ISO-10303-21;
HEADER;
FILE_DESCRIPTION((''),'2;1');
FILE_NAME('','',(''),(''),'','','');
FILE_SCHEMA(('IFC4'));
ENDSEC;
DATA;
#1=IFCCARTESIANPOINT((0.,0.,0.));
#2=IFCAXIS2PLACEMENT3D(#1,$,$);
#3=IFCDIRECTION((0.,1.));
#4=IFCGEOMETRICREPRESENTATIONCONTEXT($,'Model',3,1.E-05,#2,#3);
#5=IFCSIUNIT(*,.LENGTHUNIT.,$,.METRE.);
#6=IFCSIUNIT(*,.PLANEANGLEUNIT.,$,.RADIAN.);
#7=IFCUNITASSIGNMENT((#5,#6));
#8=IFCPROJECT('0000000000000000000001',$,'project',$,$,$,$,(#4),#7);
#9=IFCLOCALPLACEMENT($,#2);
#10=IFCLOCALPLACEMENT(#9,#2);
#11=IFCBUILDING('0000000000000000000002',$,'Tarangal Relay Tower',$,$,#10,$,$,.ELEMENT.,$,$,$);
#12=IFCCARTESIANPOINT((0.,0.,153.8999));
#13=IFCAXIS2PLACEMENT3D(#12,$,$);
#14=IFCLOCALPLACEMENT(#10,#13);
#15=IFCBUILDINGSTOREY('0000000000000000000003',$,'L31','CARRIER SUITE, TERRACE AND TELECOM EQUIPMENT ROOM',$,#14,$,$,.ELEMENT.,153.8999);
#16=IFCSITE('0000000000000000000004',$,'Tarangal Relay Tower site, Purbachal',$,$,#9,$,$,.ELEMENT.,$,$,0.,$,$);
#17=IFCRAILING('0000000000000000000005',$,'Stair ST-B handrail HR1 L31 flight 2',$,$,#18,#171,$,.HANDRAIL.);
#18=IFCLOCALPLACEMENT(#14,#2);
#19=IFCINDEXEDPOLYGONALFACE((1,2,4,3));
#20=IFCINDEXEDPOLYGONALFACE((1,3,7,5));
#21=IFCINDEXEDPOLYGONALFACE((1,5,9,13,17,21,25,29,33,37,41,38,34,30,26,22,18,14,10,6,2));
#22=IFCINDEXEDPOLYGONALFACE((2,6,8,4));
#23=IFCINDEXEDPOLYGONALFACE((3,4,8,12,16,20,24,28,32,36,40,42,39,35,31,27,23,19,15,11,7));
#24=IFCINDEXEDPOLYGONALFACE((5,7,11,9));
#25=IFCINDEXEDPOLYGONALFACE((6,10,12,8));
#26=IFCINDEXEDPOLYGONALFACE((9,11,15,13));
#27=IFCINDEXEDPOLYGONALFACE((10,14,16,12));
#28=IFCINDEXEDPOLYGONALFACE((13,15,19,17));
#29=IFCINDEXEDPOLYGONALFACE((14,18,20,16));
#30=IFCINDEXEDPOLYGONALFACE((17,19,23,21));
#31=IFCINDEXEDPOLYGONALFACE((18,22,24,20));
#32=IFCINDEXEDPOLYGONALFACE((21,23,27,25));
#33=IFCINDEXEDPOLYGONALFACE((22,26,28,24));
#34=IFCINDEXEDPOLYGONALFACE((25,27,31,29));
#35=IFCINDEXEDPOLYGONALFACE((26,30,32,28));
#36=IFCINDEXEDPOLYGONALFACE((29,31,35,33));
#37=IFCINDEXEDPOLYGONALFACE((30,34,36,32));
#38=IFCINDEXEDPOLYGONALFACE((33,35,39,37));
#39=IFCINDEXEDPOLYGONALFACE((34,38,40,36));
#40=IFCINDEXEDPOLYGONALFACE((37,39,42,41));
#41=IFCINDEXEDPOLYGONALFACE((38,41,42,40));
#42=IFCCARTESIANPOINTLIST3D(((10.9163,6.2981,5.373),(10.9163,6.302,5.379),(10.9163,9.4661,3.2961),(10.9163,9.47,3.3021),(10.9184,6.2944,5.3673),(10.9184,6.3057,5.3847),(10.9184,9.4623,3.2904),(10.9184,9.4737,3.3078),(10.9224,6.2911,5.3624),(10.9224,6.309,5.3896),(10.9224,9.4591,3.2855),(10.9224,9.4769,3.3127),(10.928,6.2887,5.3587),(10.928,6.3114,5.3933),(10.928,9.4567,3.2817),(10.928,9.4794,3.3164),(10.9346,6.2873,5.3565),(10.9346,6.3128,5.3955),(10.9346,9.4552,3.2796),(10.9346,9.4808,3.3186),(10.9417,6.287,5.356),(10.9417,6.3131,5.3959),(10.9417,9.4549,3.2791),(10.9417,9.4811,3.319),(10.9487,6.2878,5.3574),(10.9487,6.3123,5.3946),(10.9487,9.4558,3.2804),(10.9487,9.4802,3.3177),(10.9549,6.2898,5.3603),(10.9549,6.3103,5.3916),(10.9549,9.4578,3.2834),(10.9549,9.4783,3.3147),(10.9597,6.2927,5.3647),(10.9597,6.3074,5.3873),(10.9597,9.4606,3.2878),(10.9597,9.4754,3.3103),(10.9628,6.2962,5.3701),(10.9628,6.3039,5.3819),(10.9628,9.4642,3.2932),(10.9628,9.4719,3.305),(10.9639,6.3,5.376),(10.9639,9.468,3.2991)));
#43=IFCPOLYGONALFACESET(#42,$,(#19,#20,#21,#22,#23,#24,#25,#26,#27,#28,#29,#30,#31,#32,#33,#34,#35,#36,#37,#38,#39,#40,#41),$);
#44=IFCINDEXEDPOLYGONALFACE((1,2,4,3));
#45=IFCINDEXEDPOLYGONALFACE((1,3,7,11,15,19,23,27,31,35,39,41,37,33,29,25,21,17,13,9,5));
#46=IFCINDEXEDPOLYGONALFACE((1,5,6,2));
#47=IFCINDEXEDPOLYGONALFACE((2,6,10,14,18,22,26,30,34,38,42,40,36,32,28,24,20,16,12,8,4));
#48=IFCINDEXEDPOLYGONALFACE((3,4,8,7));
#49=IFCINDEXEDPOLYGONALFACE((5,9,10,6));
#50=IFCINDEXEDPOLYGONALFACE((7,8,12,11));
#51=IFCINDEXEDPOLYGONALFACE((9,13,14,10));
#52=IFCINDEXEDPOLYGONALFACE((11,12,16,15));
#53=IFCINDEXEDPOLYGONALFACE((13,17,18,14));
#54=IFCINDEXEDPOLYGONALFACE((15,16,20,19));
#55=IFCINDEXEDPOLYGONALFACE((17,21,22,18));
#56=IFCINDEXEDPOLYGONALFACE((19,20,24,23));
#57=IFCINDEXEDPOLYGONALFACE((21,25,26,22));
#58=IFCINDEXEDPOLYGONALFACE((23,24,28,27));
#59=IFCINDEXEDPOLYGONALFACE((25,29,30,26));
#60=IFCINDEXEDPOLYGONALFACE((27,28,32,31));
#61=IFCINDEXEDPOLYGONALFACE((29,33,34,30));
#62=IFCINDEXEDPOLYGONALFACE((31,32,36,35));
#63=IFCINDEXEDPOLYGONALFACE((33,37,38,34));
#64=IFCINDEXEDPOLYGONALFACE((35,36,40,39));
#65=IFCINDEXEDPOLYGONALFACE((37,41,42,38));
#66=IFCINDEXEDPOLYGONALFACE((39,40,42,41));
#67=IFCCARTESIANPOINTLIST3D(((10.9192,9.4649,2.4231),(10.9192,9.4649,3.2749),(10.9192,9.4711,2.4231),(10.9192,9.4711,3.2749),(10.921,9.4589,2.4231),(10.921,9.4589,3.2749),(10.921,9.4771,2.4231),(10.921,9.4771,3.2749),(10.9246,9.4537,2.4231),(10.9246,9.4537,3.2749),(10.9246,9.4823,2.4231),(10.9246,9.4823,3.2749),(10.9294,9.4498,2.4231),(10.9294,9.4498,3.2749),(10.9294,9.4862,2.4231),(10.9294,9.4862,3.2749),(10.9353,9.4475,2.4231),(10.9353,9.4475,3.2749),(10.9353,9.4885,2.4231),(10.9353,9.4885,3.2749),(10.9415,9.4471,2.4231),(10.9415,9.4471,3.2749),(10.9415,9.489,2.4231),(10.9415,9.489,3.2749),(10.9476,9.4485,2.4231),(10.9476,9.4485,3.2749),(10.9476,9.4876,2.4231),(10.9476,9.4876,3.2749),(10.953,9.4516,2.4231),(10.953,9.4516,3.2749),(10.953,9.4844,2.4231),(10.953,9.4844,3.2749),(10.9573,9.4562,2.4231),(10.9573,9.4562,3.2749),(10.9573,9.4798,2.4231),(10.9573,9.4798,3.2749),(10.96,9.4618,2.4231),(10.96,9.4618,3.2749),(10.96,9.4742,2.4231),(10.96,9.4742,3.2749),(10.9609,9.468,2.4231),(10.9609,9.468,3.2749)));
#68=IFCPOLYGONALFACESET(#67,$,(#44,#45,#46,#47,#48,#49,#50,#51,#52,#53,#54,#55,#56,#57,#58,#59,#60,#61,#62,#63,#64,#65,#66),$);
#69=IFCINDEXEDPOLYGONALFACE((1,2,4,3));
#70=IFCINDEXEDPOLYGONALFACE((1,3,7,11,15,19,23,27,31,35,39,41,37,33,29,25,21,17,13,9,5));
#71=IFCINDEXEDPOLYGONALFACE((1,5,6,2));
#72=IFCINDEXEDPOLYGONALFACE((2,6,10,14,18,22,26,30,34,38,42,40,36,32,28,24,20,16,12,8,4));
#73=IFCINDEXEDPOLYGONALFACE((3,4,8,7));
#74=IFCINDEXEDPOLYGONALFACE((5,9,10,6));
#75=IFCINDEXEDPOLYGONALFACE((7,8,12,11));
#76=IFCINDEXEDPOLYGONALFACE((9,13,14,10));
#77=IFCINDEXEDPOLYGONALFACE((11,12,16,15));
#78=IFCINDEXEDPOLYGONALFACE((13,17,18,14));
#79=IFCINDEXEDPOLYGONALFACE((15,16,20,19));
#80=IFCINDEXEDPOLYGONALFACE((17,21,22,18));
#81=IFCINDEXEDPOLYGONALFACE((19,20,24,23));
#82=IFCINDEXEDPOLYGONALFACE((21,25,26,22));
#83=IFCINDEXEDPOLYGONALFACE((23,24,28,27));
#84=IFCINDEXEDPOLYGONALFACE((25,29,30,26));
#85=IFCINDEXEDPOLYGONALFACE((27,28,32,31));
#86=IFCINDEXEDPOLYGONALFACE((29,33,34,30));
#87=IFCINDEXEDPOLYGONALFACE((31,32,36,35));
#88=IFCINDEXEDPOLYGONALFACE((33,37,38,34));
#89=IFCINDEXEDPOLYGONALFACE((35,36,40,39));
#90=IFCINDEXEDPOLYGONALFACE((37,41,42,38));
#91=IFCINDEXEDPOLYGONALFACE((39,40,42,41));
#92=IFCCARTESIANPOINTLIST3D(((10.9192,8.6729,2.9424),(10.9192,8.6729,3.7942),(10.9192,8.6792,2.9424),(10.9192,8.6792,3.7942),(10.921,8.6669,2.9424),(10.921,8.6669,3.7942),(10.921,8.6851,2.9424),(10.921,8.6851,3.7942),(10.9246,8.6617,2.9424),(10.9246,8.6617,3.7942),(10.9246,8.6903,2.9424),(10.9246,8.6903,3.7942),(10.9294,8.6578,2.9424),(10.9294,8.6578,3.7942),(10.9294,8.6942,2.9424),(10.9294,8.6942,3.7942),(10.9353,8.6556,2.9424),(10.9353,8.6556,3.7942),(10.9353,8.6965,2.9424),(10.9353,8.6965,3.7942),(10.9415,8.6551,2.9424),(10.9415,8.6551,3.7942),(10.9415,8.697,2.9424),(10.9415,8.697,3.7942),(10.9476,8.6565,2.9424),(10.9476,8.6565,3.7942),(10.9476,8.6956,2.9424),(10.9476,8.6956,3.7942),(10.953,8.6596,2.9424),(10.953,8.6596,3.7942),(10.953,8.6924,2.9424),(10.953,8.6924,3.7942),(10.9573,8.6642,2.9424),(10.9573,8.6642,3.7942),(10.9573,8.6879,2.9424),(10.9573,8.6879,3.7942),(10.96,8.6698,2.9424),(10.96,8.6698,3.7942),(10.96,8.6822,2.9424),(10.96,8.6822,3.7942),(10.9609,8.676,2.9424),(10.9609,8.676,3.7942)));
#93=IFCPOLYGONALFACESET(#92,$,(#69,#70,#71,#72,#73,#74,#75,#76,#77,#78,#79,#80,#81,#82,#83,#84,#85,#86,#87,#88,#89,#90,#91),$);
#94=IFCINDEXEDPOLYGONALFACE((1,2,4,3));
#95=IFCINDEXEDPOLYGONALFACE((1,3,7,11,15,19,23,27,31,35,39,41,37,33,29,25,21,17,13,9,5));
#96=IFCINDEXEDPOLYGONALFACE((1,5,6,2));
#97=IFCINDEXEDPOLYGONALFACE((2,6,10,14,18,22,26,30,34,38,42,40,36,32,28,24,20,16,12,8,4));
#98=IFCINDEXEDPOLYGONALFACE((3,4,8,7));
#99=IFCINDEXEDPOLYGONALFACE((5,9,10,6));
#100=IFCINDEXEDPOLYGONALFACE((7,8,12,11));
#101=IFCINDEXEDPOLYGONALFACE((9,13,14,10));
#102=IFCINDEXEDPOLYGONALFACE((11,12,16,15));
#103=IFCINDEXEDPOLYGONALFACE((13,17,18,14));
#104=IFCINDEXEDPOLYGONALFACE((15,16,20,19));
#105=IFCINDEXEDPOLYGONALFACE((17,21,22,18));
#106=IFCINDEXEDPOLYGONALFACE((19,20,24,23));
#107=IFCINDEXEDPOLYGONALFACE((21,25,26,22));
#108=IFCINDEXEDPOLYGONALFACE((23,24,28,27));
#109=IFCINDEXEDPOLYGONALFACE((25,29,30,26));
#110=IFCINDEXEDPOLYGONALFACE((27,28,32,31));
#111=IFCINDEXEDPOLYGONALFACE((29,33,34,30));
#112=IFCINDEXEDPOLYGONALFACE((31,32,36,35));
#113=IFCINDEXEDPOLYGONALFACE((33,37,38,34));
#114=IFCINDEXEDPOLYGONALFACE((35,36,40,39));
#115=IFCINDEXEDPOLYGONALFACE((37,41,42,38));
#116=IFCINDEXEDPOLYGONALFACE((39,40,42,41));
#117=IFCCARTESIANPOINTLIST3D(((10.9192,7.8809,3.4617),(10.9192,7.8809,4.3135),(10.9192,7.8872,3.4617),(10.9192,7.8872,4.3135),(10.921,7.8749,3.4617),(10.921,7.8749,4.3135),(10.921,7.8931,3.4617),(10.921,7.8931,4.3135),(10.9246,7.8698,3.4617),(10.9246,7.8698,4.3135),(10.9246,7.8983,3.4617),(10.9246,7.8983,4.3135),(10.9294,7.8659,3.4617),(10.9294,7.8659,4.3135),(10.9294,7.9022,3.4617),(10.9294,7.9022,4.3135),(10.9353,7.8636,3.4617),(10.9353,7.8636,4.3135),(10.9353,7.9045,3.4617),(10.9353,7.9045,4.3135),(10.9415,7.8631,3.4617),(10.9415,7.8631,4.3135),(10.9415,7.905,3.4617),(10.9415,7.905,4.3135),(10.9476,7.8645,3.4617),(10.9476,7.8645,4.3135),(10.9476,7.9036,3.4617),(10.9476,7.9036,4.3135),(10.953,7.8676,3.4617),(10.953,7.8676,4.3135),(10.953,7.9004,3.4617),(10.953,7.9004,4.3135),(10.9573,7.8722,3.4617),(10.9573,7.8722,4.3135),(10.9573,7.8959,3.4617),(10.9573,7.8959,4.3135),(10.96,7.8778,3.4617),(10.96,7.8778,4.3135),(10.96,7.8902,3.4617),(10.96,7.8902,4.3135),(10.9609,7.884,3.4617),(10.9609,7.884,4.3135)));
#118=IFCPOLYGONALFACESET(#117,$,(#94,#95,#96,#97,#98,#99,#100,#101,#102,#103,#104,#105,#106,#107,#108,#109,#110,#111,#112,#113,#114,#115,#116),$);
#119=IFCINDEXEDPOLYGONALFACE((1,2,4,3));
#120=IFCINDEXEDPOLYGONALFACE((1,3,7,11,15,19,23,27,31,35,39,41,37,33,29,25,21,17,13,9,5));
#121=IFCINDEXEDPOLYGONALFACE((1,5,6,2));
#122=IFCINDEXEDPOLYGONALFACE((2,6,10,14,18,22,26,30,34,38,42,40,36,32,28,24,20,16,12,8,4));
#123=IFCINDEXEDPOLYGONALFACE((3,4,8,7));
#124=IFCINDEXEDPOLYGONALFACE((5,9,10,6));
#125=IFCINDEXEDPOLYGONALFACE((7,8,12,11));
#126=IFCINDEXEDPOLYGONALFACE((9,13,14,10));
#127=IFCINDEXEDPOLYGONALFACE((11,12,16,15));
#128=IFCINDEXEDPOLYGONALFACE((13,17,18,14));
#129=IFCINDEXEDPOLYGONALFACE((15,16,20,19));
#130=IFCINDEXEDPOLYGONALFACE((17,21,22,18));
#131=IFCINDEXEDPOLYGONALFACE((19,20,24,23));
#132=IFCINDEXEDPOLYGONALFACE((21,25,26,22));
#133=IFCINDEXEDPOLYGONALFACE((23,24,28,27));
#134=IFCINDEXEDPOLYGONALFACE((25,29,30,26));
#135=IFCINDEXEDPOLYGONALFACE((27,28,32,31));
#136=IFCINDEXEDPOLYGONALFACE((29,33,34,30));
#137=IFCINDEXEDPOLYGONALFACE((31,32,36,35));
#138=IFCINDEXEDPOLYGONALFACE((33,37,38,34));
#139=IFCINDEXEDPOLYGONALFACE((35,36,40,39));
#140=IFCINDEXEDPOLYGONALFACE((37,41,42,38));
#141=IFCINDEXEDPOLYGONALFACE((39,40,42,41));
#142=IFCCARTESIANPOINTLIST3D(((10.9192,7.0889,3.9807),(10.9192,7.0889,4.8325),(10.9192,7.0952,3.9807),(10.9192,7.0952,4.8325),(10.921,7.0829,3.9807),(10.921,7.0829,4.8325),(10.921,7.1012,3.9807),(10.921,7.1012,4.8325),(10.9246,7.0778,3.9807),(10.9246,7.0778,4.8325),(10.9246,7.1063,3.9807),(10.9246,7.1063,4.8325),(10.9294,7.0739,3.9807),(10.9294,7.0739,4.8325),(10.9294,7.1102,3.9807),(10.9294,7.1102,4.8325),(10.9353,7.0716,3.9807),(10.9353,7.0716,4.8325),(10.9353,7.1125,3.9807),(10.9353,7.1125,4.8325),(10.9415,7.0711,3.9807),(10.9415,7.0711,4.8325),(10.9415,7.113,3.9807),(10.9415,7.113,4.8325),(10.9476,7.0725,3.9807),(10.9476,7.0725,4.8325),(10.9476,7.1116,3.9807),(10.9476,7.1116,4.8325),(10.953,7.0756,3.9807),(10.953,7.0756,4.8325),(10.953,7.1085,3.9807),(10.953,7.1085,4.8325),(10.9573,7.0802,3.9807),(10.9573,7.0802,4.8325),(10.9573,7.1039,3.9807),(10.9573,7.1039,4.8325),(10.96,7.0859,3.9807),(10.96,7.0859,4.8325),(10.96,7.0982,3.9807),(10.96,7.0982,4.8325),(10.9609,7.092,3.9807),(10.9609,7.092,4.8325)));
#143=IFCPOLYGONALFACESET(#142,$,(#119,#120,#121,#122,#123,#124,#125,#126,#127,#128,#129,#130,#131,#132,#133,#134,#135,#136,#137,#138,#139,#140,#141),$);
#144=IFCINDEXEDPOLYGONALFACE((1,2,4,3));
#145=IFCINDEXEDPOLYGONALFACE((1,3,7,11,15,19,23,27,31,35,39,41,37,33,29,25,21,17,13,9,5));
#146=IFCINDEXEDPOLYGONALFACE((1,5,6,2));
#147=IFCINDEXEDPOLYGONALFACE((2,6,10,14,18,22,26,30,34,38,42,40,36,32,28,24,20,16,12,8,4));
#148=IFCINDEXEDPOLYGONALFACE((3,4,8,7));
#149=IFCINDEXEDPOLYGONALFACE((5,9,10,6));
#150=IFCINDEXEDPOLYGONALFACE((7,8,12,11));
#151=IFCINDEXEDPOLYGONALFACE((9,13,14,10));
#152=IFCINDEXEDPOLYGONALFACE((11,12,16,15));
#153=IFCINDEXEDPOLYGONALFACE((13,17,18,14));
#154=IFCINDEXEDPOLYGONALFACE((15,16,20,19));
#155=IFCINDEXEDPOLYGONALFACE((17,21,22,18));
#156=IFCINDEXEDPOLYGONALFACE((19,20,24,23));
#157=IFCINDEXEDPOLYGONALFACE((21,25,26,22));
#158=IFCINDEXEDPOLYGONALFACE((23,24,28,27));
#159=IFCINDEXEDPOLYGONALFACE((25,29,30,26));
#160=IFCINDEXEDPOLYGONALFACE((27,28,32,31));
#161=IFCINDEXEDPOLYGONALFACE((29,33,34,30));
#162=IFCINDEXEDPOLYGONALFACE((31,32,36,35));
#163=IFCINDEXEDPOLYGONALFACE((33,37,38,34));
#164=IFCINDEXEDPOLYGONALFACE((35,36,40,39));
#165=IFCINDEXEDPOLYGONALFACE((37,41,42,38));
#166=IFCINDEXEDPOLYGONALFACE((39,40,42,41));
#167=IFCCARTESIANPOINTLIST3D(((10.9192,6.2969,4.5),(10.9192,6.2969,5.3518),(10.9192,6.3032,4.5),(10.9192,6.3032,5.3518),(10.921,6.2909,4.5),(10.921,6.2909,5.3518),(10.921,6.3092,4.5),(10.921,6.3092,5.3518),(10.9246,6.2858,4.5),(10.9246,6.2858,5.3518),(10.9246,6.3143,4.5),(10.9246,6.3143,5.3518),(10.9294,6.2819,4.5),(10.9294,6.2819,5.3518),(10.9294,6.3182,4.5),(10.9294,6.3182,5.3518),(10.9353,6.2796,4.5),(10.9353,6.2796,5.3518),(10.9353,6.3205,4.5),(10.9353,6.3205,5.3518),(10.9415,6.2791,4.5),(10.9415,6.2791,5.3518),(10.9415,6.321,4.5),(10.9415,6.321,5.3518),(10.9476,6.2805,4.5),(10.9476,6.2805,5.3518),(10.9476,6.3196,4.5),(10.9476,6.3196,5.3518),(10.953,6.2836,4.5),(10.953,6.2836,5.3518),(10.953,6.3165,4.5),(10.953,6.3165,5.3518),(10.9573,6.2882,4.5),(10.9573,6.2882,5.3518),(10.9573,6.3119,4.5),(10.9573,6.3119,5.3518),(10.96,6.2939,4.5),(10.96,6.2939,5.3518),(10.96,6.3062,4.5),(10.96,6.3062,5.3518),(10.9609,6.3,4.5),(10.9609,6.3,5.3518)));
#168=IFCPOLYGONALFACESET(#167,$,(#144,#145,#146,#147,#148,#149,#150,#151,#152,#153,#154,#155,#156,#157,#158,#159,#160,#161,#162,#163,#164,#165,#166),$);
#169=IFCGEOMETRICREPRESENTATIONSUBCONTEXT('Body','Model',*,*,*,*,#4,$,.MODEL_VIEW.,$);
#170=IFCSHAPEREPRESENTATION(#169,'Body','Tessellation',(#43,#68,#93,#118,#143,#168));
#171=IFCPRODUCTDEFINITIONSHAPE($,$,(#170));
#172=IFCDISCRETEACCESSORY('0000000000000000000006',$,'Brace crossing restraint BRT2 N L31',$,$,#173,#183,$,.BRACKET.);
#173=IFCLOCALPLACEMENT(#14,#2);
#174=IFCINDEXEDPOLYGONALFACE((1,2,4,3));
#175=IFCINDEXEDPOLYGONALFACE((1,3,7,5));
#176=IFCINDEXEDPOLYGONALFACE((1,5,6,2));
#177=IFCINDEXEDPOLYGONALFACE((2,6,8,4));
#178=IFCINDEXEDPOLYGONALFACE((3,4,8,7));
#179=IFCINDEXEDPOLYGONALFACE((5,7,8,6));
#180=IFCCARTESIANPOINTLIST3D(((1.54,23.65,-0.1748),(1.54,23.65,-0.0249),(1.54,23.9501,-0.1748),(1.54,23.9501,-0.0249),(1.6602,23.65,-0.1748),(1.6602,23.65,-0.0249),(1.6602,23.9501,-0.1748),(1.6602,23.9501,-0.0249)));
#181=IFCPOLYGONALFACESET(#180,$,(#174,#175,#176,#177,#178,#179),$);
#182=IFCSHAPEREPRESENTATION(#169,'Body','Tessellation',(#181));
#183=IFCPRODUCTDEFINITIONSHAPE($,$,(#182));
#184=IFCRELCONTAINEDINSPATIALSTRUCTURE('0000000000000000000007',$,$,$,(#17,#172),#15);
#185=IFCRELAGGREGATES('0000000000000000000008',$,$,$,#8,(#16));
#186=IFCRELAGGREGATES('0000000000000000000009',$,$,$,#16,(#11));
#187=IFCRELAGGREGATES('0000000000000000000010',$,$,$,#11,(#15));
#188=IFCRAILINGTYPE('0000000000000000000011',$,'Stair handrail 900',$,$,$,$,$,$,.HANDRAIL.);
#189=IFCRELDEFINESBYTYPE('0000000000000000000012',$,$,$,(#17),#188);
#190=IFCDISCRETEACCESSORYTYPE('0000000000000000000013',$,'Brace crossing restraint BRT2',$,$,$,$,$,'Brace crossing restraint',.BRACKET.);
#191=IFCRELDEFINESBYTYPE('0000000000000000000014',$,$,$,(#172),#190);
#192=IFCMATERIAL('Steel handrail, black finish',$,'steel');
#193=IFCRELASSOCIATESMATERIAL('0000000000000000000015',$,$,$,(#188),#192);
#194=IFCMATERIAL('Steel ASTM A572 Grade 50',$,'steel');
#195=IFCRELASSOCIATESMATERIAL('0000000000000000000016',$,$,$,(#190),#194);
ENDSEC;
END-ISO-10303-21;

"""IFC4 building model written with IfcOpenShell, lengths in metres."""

from ifc_helpers import new_model, si_unit, direction, frame, origin, origin_2d, place, context, subcontext, project, spatial, rectangle, circle, extrude, material, type_object, element, save


model = new_model("IFC4")

# Units and contexts
model_context = context("Model", 3, precision=1e-05, world=origin(), true_north=direction((0.0, 1.0)))
body_context = subcontext(model_context, "Body", "Model", "MODEL_VIEW")
ifc_project = project(units=[si_unit("LENGTHUNIT", "METRE"), si_unit("PLANEANGLEUNIT", "RADIAN")], contexts=[model_context])

# Site, building, storey
site_placement = place(None, origin())
site = spatial("IfcSite", under=ifc_project, at=site_placement, Name="Tarangal Relay Tower site, Purbachal", CompositionType="ELEMENT", RefElevation=0.0)
building_placement = place(site_placement, origin())
building = spatial("IfcBuilding", under=site, at=building_placement, Name="Tarangal Relay Tower", CompositionType="ELEMENT")
storey_placement = place(building_placement, frame((0.0, 0.0, 153.8999)))
storey = spatial("IfcBuildingStorey", under=building, at=storey_placement, Name="L31", Description="CARRIER SUITE, TERRACE AND TELECOM EQUIPMENT ROOM", CompositionType="ELEMENT", Elevation=153.8999)

# Shared definitions
ifc_material_1 = material(Name="Steel ASTM A572 Grade 50", Category="steel")

# Railing
ifc_material_2 = material(Name="Steel handrail, black finish", Category="steel")
railing_type_1 = type_object("IfcRailingType", Name="Stair handrail 900", PredefinedType="HANDRAIL", material=ifc_material_2)
railing_1_placement = place(storey_placement, frame((10.9399, 9.468, 2.4231)))
element("IfcRailing", 1, at=railing_1_placement, inside=storey, type_object=railing_type_1, Name="Stair ST-B handrail HR1 L31 flight 2", PredefinedType="HANDRAIL", context=body_context, shape_type="SweptSolid", body=[
    extrude(circle(Radius=0.0239, at=origin_2d()), frame((0.0, 0.0, 0.876), z_axis=(0.0, -0.836299, 0.548273), x_axis=(1.0, 0.0, 0.0)), (0.0, 0.0, 1.0), 3.7881),
    extrude(circle(Radius=0.021, at=origin_2d()), origin(), (0.0, 0.0, 1.0), 0.8518),
    extrude(circle(Radius=0.021, at=origin_2d()), frame((0.0, -0.792, 0.5193)), (0.0, 0.0, 1.0), 0.8518),
    extrude(circle(Radius=0.021, at=origin_2d()), frame((0.0, -1.584, 1.0386)), (0.0, 0.0, 1.0), 0.8518),
    extrude(circle(Radius=0.021, at=origin_2d()), frame((0.0, -2.376, 1.5576)), (0.0, 0.0, 1.0), 0.8518),
    extrude(circle(Radius=0.021, at=origin_2d()), frame((0.0, -3.168, 2.0769)), (0.0, 0.0, 1.0), 0.8518),
])

# Discrete accessory
discrete_accessory_type = type_object("IfcDiscreteAccessoryType", Name="Brace crossing restraint BRT2", ElementType="Brace crossing restraint", PredefinedType="BRACKET", material=ifc_material_1)
discrete_accessory_placement = place(storey_placement, frame((1.6001, 23.8, -0.1748), z_axis=(0.0, 0.0, 1.0), x_axis=(1.0, 0.0, 0.0)))
element("IfcDiscreteAccessory", 2, at=discrete_accessory_placement, inside=storey, type_object=discrete_accessory_type, Name="Brace crossing restraint BRT2 N L31", PredefinedType="BRACKET", context=body_context, shape_type="SweptSolid", body=[
    extrude(rectangle(XDim=0.1201, YDim=0.3, at=origin_2d()), origin(), (0.0, 0.0, 1.0), 0.1499),
])

save(model, "model.ifc")
